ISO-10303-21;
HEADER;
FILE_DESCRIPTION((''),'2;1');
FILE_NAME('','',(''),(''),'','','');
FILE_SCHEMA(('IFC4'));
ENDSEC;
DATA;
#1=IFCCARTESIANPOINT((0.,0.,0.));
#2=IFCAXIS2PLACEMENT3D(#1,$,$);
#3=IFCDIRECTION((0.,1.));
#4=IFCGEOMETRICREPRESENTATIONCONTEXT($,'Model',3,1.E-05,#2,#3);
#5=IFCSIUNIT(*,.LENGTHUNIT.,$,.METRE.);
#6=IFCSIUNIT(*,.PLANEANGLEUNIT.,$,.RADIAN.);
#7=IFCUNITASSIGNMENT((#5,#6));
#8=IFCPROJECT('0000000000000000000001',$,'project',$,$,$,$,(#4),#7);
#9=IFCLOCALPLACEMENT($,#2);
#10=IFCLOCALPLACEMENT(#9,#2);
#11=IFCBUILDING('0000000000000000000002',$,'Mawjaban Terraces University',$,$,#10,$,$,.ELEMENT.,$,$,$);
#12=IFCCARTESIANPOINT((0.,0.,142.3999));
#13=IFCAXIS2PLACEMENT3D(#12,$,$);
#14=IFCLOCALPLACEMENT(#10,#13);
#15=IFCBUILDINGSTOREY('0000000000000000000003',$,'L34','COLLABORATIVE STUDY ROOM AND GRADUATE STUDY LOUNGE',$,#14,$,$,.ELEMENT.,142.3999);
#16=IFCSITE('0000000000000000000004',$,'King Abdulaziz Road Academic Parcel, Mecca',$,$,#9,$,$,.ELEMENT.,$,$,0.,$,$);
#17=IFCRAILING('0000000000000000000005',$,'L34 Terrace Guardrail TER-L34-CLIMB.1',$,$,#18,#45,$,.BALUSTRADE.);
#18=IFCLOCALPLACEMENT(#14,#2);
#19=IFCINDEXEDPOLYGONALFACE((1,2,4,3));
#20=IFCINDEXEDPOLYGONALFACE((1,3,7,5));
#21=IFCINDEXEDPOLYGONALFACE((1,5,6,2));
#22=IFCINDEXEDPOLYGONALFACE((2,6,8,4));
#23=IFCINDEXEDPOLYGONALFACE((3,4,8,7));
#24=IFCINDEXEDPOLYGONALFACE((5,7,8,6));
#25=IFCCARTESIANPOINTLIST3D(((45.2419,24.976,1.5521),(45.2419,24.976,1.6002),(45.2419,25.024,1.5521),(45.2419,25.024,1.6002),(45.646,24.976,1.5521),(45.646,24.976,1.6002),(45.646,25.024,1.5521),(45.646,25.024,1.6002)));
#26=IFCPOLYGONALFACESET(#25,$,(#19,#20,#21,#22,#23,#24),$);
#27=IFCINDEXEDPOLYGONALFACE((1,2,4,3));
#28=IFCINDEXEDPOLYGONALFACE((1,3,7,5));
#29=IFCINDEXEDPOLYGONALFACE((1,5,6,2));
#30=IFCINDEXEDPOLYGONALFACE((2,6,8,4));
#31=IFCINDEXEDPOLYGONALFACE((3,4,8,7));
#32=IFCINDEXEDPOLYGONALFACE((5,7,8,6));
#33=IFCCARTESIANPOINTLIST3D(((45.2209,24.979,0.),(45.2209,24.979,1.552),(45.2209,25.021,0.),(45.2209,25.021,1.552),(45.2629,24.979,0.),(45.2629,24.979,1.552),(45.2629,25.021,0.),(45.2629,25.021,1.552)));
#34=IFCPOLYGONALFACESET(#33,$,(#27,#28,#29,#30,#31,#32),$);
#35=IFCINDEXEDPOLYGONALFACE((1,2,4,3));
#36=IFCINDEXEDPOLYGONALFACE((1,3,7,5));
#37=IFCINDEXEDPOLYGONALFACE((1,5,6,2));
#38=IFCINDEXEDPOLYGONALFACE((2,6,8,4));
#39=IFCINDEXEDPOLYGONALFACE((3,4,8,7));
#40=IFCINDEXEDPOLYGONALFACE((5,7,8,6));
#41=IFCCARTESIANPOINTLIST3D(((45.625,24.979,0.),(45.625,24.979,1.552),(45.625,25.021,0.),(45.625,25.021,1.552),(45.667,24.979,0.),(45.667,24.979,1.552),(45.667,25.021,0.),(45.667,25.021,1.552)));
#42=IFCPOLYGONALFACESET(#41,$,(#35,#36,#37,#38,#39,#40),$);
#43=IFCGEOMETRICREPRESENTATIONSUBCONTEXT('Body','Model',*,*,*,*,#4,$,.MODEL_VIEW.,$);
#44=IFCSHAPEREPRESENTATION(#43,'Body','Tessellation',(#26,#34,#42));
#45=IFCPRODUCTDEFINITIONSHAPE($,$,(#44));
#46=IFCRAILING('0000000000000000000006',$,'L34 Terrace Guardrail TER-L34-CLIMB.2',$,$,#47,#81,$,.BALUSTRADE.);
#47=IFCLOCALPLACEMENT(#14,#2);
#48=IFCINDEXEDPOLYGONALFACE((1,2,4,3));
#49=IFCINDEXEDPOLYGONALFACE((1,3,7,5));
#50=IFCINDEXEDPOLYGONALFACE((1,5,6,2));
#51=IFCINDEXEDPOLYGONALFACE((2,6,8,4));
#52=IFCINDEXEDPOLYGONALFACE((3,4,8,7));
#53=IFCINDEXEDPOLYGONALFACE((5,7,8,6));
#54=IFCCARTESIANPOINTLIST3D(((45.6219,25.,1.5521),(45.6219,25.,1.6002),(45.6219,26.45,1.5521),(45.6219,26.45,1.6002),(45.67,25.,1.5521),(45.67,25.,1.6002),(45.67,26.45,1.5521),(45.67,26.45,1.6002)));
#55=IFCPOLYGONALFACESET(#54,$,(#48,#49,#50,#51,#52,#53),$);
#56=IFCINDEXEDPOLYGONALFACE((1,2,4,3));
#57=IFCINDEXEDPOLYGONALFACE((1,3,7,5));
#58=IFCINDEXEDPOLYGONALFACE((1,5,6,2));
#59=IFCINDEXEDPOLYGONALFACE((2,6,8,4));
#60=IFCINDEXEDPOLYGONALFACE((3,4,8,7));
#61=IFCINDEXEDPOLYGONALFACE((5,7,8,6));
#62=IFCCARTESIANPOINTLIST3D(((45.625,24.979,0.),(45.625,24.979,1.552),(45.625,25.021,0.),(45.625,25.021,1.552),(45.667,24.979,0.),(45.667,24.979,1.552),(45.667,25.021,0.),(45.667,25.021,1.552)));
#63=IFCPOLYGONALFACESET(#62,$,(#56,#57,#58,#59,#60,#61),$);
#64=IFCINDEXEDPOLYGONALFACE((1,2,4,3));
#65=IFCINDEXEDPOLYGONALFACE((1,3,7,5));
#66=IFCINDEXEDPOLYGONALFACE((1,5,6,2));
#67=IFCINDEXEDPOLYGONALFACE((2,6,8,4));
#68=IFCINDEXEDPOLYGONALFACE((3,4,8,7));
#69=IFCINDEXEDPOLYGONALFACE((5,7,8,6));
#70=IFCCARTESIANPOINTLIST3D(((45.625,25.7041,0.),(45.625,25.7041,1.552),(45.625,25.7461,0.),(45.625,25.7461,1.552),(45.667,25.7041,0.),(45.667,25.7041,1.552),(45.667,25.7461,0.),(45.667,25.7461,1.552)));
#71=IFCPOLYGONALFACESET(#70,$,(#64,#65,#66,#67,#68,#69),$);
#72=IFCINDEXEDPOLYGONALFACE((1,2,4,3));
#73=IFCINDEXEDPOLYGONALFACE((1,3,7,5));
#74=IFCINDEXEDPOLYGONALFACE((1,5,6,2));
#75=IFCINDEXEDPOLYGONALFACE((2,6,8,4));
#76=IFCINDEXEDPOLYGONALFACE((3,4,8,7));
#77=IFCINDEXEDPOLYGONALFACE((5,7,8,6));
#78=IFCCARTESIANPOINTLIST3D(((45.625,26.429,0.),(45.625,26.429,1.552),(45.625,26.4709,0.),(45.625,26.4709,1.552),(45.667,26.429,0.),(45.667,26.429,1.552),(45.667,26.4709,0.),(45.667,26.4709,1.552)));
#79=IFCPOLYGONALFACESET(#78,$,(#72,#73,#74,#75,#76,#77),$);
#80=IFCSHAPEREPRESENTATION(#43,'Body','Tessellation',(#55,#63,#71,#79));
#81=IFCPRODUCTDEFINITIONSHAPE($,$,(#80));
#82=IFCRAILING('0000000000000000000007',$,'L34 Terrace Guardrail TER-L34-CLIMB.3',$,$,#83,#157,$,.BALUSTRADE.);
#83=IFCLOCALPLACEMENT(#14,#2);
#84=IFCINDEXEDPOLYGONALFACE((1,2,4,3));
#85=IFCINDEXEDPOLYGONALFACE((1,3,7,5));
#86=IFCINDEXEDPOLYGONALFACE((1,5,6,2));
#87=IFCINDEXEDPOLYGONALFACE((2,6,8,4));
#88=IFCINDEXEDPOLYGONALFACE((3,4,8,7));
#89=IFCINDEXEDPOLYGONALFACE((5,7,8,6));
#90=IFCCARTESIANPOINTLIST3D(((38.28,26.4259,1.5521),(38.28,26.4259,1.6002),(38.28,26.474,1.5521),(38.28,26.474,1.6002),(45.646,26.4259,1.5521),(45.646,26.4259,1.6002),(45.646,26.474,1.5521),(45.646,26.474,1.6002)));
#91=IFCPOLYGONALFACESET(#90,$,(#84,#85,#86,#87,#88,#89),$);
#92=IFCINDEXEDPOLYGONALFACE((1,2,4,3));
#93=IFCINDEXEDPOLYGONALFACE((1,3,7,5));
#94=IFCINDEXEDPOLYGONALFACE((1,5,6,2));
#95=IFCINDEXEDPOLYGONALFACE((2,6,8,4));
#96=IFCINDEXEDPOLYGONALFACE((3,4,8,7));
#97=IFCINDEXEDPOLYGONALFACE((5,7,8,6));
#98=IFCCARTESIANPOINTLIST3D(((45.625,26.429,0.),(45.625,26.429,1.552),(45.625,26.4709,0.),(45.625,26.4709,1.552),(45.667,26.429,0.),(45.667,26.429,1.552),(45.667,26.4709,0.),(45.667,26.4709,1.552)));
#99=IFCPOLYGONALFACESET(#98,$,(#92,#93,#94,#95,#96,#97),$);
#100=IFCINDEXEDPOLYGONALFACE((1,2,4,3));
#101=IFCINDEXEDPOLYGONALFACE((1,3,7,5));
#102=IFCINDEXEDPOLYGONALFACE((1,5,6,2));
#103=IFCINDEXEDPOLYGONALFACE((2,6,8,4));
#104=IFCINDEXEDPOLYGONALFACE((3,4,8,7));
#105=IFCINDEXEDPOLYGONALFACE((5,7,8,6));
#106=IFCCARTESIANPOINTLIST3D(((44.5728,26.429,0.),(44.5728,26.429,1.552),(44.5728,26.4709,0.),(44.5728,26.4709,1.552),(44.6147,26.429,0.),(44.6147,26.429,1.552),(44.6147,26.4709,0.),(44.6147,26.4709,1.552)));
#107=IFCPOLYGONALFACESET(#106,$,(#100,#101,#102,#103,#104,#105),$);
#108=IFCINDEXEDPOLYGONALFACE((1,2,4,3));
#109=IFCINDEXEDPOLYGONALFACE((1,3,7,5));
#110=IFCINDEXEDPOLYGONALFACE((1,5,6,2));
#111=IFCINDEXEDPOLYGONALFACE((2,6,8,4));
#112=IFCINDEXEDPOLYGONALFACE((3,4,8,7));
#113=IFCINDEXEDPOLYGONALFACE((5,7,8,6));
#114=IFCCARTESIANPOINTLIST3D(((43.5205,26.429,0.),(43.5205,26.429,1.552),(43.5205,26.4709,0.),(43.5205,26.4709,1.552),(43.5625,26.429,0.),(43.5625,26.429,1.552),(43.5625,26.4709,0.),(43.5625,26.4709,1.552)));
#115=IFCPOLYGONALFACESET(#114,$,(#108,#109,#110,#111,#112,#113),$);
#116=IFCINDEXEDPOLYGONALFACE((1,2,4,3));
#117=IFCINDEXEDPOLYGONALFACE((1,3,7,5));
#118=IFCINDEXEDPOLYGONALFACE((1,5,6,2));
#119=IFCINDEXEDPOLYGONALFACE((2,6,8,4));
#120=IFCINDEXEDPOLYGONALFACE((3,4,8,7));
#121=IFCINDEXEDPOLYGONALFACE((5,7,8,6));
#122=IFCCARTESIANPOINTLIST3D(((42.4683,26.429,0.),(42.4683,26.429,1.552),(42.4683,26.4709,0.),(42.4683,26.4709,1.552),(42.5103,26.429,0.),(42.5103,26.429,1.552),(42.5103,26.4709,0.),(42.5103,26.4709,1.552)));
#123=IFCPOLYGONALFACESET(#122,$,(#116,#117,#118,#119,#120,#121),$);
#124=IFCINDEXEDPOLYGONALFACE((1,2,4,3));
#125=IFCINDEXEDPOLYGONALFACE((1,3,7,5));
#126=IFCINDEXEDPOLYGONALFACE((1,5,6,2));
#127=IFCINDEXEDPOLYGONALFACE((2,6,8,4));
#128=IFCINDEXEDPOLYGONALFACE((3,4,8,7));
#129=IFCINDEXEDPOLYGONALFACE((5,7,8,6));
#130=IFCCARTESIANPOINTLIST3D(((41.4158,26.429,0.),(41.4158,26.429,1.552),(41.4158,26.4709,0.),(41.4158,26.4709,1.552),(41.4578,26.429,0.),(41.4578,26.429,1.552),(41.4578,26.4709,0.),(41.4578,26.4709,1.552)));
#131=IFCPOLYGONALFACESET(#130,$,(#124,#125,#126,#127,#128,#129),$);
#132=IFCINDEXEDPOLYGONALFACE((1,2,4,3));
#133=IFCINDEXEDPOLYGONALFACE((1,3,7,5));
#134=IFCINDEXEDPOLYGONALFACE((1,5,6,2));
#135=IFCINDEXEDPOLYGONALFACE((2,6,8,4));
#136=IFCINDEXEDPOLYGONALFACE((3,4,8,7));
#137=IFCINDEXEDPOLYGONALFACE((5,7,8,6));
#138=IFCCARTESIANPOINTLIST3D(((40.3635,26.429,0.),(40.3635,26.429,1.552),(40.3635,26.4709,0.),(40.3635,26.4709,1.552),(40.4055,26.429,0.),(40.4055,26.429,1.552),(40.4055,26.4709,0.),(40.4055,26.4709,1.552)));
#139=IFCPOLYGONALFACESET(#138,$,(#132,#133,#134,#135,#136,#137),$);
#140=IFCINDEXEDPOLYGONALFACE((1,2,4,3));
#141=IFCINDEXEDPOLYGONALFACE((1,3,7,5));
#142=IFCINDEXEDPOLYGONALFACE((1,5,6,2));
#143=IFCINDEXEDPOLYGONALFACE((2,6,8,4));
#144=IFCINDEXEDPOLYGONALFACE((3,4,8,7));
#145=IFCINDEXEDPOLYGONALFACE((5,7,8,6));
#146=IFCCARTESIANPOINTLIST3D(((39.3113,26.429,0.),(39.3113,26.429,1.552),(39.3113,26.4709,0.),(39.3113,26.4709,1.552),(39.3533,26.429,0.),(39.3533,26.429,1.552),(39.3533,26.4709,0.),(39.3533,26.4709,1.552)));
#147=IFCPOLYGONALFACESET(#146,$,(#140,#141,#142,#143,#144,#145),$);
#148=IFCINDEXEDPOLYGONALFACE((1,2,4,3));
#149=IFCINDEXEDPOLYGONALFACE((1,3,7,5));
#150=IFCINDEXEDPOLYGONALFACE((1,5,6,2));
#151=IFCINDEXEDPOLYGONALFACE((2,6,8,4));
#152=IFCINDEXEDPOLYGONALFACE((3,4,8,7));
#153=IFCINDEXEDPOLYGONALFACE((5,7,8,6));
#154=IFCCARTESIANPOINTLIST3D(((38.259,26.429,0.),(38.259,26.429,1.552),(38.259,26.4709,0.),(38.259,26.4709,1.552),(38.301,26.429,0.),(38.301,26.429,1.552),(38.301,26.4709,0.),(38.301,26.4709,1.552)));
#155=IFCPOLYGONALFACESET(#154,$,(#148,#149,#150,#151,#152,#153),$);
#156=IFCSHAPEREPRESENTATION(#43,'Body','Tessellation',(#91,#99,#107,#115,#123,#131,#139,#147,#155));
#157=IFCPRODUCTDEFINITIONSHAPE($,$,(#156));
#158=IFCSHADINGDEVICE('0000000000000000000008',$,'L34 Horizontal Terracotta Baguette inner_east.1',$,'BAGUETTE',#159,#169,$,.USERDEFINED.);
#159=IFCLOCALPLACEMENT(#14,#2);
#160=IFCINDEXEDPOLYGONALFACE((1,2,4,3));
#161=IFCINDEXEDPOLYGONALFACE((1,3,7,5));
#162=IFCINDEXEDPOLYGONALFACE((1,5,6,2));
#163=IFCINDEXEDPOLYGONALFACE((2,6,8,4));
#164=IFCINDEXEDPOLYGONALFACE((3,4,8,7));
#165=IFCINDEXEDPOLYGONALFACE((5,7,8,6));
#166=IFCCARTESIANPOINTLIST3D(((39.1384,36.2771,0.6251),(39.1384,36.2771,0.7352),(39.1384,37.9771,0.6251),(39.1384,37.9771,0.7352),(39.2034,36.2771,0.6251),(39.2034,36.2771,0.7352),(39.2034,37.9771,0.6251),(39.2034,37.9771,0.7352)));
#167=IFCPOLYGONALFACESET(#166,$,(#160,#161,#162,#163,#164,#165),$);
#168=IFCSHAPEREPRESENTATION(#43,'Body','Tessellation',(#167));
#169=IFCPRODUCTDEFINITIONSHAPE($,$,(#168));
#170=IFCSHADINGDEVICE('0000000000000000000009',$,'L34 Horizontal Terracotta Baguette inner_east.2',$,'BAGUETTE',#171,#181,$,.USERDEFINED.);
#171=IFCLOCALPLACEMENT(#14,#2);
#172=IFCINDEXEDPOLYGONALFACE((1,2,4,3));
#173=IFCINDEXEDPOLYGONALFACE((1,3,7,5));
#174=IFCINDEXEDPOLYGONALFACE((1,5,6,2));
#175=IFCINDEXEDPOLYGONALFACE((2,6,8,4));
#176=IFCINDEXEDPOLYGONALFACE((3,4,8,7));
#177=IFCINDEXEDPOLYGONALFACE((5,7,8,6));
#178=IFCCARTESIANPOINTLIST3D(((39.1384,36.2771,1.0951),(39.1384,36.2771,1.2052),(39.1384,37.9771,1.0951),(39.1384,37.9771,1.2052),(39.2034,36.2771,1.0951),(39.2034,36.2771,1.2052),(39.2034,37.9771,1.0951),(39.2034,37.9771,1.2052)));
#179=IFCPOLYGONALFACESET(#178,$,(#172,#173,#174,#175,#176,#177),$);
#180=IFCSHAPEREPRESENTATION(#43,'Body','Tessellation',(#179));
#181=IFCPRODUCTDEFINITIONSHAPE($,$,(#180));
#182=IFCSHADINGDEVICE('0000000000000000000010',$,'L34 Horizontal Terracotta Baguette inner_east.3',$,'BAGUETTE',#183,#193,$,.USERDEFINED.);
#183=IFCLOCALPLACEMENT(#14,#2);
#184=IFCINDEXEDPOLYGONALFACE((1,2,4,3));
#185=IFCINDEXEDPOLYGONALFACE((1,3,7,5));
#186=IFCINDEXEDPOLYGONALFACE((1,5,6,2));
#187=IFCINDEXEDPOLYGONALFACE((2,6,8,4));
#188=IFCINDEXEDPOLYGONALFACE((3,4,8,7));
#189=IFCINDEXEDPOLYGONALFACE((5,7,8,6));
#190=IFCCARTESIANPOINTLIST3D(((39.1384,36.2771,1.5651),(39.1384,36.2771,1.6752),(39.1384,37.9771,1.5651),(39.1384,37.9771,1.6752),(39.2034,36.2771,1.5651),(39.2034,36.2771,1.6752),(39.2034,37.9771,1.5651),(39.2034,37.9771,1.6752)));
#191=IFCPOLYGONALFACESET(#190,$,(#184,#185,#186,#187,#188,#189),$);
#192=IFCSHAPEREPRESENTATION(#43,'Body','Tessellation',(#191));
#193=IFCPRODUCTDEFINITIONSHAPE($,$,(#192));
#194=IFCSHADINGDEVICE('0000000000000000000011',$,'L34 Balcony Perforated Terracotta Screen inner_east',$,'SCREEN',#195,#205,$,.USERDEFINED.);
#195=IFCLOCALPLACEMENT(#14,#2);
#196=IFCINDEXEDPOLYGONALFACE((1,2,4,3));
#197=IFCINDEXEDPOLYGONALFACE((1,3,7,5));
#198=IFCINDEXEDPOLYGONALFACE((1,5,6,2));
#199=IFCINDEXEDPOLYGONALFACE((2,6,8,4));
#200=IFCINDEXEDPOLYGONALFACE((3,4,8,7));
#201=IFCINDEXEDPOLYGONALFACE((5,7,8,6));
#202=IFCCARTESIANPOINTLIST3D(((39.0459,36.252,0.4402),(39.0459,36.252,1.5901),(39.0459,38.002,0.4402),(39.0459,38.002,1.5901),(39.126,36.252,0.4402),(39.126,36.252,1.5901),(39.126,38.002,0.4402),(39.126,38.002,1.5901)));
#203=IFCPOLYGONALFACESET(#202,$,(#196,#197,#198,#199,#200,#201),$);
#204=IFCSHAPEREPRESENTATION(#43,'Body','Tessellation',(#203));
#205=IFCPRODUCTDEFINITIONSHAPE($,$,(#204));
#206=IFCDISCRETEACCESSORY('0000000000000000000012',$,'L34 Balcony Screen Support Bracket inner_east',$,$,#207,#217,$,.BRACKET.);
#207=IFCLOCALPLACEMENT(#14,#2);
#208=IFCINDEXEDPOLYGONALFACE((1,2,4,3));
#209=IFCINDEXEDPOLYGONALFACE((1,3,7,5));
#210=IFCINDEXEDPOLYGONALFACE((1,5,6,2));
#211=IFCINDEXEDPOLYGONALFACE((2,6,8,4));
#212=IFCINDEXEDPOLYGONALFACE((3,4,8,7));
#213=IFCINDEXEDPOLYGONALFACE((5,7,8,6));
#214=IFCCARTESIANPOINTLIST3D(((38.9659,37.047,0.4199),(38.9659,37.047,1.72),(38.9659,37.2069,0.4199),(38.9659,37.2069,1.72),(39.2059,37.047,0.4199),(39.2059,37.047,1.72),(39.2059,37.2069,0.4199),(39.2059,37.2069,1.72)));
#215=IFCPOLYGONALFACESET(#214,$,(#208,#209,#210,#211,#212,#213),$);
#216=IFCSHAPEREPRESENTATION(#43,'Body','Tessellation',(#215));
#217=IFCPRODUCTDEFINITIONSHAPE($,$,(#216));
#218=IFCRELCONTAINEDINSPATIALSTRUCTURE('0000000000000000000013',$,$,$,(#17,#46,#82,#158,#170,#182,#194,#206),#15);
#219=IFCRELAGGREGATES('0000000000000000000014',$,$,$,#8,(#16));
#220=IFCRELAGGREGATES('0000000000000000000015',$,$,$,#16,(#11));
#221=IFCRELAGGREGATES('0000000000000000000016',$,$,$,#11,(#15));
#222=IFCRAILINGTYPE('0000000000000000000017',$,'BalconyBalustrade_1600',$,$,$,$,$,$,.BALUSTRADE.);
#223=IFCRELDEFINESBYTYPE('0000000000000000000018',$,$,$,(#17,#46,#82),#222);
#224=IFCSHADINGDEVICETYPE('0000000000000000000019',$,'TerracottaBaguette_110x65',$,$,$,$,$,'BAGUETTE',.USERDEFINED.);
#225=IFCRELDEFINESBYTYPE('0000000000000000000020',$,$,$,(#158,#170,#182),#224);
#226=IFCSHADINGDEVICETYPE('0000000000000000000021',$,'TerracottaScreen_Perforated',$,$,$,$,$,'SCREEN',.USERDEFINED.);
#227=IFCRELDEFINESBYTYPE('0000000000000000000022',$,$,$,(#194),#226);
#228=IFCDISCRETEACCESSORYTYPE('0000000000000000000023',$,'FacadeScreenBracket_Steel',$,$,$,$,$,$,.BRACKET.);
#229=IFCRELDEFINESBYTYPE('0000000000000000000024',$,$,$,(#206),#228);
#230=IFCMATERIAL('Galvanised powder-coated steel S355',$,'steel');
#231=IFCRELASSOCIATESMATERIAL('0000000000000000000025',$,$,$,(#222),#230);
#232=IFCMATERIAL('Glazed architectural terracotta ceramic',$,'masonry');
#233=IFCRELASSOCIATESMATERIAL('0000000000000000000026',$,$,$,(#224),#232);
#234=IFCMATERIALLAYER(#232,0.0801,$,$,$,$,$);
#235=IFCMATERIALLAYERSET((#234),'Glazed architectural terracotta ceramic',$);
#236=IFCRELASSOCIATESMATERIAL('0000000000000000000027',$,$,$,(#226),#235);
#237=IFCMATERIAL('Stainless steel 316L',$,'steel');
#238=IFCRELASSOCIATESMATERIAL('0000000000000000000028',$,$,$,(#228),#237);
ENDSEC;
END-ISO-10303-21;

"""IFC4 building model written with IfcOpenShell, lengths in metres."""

from ifc_helpers import new_model, si_unit, direction, frame, origin, origin_2d, place, context, subcontext, project, spatial, rectangle, extrude, material, layer, layer_set, material_profile, profile_set, type_object, element, save


model = new_model("IFC4")

# Units and contexts
model_context = context("Model", 3, precision=1e-05, world=origin(), true_north=direction((0.0, 1.0)))
body_context = subcontext(model_context, "Body", "Model", "MODEL_VIEW")
ifc_project = project(units=[si_unit("LENGTHUNIT", "METRE"), si_unit("PLANEANGLEUNIT", "RADIAN")], contexts=[model_context])

# Site, building, storey
site_placement = place(None, origin())
site = spatial("IfcSite", under=ifc_project, at=site_placement, Name="King Abdulaziz Road Academic Parcel, Mecca", CompositionType="ELEMENT", RefElevation=0.0)
building_placement = place(site_placement, origin())
building = spatial("IfcBuilding", under=site, at=building_placement, Name="Mawjaban Terraces University", CompositionType="ELEMENT")
storey_placement = place(building_placement, frame((0.0, 0.0, 142.3999)))
storey = spatial("IfcBuildingStorey", under=building, at=storey_placement, Name="L34", Description="COLLABORATIVE STUDY ROOM AND GRADUATE STUDY LOUNGE", CompositionType="ELEMENT", Elevation=142.3999)

# Railings
ifc_material_1 = material(Name="Galvanised powder-coated steel S355", Category="steel")
railing_type = type_object("IfcRailingType", Name="BalconyBalustrade_1600", PredefinedType="BALUSTRADE", material=ifc_material_1)
railing_1_placement = place(storey_placement, frame((45.2419, 25.0, 0.0)))
element("IfcRailing", 1, at=railing_1_placement, inside=storey, type_object=railing_type, Name="L34 Terrace Guardrail TER-L34-CLIMB.1", PredefinedType="BALUSTRADE", context=body_context, shape_type="SweptSolid", body=[
    extrude(rectangle(XDim=0.0481, YDim=0.0481, at=origin_2d()), frame((0.0, 0.0, 1.5762), z_axis=(1.0, 0.0, 0.0), x_axis=(0.0, 1.0, 0.0)), (0.0, 0.0, 1.0), 0.4041),
    extrude(rectangle(XDim=0.042, YDim=0.042, at=origin_2d()), origin(), (0.0, 0.0, 1.0), 1.552),
    extrude(rectangle(XDim=0.042, YDim=0.042, at=origin_2d()), frame((0.4041, 0.0, 0.0)), (0.0, 0.0, 1.0), 1.552),
])
railing_2_placement = place(storey_placement, frame((45.646, 25.0, 0.0)))
element("IfcRailing", 2, at=railing_2_placement, inside=storey, type_object=railing_type, Name="L34 Terrace Guardrail TER-L34-CLIMB.2", PredefinedType="BALUSTRADE", context=body_context, shape_type="SweptSolid", body=[
    extrude(rectangle(XDim=0.0481, YDim=0.0481, at=origin_2d()), frame((0.0, 0.0, 1.5762), z_axis=(0.0, 1.0, 0.0), x_axis=(-1.0, 0.0, 0.0)), (0.0, 0.0, 1.0), 1.45),
    extrude(rectangle(XDim=0.042, YDim=0.042, at=origin_2d()), origin(), (0.0, 0.0, 1.0), 1.552),
    extrude(rectangle(XDim=0.042, YDim=0.042, at=origin_2d()), frame((0.0, 0.7251, 0.0)), (0.0, 0.0, 1.0), 1.552),
    extrude(rectangle(XDim=0.042, YDim=0.042, at=origin_2d()), frame((0.0, 1.45, 0.0)), (0.0, 0.0, 1.0), 1.552),
])
railing_3_placement = place(storey_placement, frame((45.646, 26.45, 0.0)))
element("IfcRailing", 3, at=railing_3_placement, inside=storey, type_object=railing_type, Name="L34 Terrace Guardrail TER-L34-CLIMB.3", PredefinedType="BALUSTRADE", context=body_context, shape_type="SweptSolid", body=[
    extrude(rectangle(XDim=0.0481, YDim=0.0481, at=origin_2d()), frame((0.0, 0.0, 1.5762), z_axis=(-1.0, 0.0, 0.0), x_axis=(0.0, -1.0, 0.0)), (0.0, 0.0, 1.0), 7.366),
    extrude(rectangle(XDim=0.042, YDim=0.042, at=origin_2d()), origin(), (0.0, 0.0, 1.0), 1.552),
    extrude(rectangle(XDim=0.042, YDim=0.042, at=origin_2d()), frame((-1.0522, 0.0, 0.0)), (0.0, 0.0, 1.0), 1.552),
    extrude(rectangle(XDim=0.042, YDim=0.042, at=origin_2d()), frame((-2.1045, 0.0, 0.0)), (0.0, 0.0, 1.0), 1.552),
    extrude(rectangle(XDim=0.042, YDim=0.042, at=origin_2d()), frame((-3.1567, 0.0, 0.0)), (0.0, 0.0, 1.0), 1.552),
    extrude(rectangle(XDim=0.042, YDim=0.042, at=origin_2d()), frame((-4.2092, 0.0, 0.0)), (0.0, 0.0, 1.0), 1.552),
    extrude(rectangle(XDim=0.042, YDim=0.042, at=origin_2d()), frame((-5.2615, 0.0, 0.0)), (0.0, 0.0, 1.0), 1.552),
    extrude(rectangle(XDim=0.042, YDim=0.042, at=origin_2d()), frame((-6.3137, 0.0, 0.0)), (0.0, 0.0, 1.0), 1.552),
    extrude(rectangle(XDim=0.042, YDim=0.042, at=origin_2d()), frame((-7.366, 0.0, 0.0)), (0.0, 0.0, 1.0), 1.552),
])

# Shading devices
ifc_material_2 = material(Name="Glazed architectural terracotta ceramic", Category="masonry")
ifc_material_profile_1 = material_profile(ifc_material_2, rectangle(XDim=0.0649, YDim=0.1101, at=origin_2d()), Name="TBAG110X65")
ifc_profile_set_1 = profile_set([ifc_material_profile_1], Name="Glazed architectural terracotta ceramic")
shading_device_type_1 = type_object("IfcShadingDeviceType", Name="TerracottaBaguette_110x65", ElementType="BAGUETTE", PredefinedType="USERDEFINED", material=ifc_profile_set_1)
for number, where, z_axis, x_axis, name in (
    (4, (39.1709, 36.2771, 0.6802), (0.0, 1.0, 0.0), (-1.0, 0.0, 0.0), "L34 Horizontal Terracotta Baguette inner_east.1"),
    (5, (39.1709, 36.2771, 1.1501), (0.0, 1.0, 0.0), (-1.0, 0.0, 0.0), "L34 Horizontal Terracotta Baguette inner_east.2"),
    (6, (39.1709, 36.2771, 1.6201), (0.0, 1.0, 0.0), (-1.0, 0.0, 0.0), "L34 Horizontal Terracotta Baguette inner_east.3"),
):
    element("IfcShadingDevice", number, at=place(storey_placement, frame(where, z_axis=z_axis, x_axis=x_axis)), inside=storey, type_object=shading_device_type_1, Name=name, ObjectType="BAGUETTE", PredefinedType="USERDEFINED", context=body_context, shape_type="SweptSolid", body=[
        extrude(rectangle(XDim=0.0649, YDim=0.1101, at=origin_2d()), origin(), (0.0, 0.0, 1.0), 1.7),
    ])
ifc_layer_1 = layer(ifc_material_2, 0.0801)
ifc_layer_set_1 = layer_set([ifc_layer_1], Name="Glazed architectural terracotta ceramic")
shading_device_type_2 = type_object("IfcShadingDeviceType", Name="TerracottaScreen_Perforated", ElementType="SCREEN", PredefinedType="USERDEFINED", material=ifc_layer_set_1)
shading_device_placement = place(storey_placement, frame((39.0859, 37.127, 0.4402), z_axis=(0.0, 0.0, 1.0), x_axis=(0.0, 1.0, 0.0)))
element("IfcShadingDevice", 7, at=shading_device_placement, inside=storey, type_object=shading_device_type_2, Name="L34 Balcony Perforated Terracotta Screen inner_east", ObjectType="SCREEN", PredefinedType="USERDEFINED", context=body_context, shape_type="SweptSolid", body=[
    extrude(rectangle(XDim=1.75, YDim=0.0801, at=origin_2d()), origin(), (0.0, 0.0, 1.0), 1.1499),
])

# Discrete accessory
ifc_material_3 = material(Name="Stainless steel 316L", Category="steel")
discrete_accessory_type_1 = type_object("IfcDiscreteAccessoryType", Name="FacadeScreenBracket_Steel", PredefinedType="BRACKET", material=ifc_material_3)
discrete_accessory_1_placement = place(storey_placement, frame((39.0859, 37.127, 0.4199), z_axis=(0.0, 0.0, 1.0), x_axis=(0.0, 1.0, 0.0)))
element("IfcDiscreteAccessory", 8, at=discrete_accessory_1_placement, inside=storey, type_object=discrete_accessory_type_1, Name="L34 Balcony Screen Support Bracket inner_east", PredefinedType="BRACKET", context=body_context, shape_type="SweptSolid", body=[
    extrude(rectangle(XDim=0.1599, YDim=0.24, at=origin_2d()), origin(), (0.0, 0.0, 1.0), 1.3),
])

save(model, "model.ifc")
